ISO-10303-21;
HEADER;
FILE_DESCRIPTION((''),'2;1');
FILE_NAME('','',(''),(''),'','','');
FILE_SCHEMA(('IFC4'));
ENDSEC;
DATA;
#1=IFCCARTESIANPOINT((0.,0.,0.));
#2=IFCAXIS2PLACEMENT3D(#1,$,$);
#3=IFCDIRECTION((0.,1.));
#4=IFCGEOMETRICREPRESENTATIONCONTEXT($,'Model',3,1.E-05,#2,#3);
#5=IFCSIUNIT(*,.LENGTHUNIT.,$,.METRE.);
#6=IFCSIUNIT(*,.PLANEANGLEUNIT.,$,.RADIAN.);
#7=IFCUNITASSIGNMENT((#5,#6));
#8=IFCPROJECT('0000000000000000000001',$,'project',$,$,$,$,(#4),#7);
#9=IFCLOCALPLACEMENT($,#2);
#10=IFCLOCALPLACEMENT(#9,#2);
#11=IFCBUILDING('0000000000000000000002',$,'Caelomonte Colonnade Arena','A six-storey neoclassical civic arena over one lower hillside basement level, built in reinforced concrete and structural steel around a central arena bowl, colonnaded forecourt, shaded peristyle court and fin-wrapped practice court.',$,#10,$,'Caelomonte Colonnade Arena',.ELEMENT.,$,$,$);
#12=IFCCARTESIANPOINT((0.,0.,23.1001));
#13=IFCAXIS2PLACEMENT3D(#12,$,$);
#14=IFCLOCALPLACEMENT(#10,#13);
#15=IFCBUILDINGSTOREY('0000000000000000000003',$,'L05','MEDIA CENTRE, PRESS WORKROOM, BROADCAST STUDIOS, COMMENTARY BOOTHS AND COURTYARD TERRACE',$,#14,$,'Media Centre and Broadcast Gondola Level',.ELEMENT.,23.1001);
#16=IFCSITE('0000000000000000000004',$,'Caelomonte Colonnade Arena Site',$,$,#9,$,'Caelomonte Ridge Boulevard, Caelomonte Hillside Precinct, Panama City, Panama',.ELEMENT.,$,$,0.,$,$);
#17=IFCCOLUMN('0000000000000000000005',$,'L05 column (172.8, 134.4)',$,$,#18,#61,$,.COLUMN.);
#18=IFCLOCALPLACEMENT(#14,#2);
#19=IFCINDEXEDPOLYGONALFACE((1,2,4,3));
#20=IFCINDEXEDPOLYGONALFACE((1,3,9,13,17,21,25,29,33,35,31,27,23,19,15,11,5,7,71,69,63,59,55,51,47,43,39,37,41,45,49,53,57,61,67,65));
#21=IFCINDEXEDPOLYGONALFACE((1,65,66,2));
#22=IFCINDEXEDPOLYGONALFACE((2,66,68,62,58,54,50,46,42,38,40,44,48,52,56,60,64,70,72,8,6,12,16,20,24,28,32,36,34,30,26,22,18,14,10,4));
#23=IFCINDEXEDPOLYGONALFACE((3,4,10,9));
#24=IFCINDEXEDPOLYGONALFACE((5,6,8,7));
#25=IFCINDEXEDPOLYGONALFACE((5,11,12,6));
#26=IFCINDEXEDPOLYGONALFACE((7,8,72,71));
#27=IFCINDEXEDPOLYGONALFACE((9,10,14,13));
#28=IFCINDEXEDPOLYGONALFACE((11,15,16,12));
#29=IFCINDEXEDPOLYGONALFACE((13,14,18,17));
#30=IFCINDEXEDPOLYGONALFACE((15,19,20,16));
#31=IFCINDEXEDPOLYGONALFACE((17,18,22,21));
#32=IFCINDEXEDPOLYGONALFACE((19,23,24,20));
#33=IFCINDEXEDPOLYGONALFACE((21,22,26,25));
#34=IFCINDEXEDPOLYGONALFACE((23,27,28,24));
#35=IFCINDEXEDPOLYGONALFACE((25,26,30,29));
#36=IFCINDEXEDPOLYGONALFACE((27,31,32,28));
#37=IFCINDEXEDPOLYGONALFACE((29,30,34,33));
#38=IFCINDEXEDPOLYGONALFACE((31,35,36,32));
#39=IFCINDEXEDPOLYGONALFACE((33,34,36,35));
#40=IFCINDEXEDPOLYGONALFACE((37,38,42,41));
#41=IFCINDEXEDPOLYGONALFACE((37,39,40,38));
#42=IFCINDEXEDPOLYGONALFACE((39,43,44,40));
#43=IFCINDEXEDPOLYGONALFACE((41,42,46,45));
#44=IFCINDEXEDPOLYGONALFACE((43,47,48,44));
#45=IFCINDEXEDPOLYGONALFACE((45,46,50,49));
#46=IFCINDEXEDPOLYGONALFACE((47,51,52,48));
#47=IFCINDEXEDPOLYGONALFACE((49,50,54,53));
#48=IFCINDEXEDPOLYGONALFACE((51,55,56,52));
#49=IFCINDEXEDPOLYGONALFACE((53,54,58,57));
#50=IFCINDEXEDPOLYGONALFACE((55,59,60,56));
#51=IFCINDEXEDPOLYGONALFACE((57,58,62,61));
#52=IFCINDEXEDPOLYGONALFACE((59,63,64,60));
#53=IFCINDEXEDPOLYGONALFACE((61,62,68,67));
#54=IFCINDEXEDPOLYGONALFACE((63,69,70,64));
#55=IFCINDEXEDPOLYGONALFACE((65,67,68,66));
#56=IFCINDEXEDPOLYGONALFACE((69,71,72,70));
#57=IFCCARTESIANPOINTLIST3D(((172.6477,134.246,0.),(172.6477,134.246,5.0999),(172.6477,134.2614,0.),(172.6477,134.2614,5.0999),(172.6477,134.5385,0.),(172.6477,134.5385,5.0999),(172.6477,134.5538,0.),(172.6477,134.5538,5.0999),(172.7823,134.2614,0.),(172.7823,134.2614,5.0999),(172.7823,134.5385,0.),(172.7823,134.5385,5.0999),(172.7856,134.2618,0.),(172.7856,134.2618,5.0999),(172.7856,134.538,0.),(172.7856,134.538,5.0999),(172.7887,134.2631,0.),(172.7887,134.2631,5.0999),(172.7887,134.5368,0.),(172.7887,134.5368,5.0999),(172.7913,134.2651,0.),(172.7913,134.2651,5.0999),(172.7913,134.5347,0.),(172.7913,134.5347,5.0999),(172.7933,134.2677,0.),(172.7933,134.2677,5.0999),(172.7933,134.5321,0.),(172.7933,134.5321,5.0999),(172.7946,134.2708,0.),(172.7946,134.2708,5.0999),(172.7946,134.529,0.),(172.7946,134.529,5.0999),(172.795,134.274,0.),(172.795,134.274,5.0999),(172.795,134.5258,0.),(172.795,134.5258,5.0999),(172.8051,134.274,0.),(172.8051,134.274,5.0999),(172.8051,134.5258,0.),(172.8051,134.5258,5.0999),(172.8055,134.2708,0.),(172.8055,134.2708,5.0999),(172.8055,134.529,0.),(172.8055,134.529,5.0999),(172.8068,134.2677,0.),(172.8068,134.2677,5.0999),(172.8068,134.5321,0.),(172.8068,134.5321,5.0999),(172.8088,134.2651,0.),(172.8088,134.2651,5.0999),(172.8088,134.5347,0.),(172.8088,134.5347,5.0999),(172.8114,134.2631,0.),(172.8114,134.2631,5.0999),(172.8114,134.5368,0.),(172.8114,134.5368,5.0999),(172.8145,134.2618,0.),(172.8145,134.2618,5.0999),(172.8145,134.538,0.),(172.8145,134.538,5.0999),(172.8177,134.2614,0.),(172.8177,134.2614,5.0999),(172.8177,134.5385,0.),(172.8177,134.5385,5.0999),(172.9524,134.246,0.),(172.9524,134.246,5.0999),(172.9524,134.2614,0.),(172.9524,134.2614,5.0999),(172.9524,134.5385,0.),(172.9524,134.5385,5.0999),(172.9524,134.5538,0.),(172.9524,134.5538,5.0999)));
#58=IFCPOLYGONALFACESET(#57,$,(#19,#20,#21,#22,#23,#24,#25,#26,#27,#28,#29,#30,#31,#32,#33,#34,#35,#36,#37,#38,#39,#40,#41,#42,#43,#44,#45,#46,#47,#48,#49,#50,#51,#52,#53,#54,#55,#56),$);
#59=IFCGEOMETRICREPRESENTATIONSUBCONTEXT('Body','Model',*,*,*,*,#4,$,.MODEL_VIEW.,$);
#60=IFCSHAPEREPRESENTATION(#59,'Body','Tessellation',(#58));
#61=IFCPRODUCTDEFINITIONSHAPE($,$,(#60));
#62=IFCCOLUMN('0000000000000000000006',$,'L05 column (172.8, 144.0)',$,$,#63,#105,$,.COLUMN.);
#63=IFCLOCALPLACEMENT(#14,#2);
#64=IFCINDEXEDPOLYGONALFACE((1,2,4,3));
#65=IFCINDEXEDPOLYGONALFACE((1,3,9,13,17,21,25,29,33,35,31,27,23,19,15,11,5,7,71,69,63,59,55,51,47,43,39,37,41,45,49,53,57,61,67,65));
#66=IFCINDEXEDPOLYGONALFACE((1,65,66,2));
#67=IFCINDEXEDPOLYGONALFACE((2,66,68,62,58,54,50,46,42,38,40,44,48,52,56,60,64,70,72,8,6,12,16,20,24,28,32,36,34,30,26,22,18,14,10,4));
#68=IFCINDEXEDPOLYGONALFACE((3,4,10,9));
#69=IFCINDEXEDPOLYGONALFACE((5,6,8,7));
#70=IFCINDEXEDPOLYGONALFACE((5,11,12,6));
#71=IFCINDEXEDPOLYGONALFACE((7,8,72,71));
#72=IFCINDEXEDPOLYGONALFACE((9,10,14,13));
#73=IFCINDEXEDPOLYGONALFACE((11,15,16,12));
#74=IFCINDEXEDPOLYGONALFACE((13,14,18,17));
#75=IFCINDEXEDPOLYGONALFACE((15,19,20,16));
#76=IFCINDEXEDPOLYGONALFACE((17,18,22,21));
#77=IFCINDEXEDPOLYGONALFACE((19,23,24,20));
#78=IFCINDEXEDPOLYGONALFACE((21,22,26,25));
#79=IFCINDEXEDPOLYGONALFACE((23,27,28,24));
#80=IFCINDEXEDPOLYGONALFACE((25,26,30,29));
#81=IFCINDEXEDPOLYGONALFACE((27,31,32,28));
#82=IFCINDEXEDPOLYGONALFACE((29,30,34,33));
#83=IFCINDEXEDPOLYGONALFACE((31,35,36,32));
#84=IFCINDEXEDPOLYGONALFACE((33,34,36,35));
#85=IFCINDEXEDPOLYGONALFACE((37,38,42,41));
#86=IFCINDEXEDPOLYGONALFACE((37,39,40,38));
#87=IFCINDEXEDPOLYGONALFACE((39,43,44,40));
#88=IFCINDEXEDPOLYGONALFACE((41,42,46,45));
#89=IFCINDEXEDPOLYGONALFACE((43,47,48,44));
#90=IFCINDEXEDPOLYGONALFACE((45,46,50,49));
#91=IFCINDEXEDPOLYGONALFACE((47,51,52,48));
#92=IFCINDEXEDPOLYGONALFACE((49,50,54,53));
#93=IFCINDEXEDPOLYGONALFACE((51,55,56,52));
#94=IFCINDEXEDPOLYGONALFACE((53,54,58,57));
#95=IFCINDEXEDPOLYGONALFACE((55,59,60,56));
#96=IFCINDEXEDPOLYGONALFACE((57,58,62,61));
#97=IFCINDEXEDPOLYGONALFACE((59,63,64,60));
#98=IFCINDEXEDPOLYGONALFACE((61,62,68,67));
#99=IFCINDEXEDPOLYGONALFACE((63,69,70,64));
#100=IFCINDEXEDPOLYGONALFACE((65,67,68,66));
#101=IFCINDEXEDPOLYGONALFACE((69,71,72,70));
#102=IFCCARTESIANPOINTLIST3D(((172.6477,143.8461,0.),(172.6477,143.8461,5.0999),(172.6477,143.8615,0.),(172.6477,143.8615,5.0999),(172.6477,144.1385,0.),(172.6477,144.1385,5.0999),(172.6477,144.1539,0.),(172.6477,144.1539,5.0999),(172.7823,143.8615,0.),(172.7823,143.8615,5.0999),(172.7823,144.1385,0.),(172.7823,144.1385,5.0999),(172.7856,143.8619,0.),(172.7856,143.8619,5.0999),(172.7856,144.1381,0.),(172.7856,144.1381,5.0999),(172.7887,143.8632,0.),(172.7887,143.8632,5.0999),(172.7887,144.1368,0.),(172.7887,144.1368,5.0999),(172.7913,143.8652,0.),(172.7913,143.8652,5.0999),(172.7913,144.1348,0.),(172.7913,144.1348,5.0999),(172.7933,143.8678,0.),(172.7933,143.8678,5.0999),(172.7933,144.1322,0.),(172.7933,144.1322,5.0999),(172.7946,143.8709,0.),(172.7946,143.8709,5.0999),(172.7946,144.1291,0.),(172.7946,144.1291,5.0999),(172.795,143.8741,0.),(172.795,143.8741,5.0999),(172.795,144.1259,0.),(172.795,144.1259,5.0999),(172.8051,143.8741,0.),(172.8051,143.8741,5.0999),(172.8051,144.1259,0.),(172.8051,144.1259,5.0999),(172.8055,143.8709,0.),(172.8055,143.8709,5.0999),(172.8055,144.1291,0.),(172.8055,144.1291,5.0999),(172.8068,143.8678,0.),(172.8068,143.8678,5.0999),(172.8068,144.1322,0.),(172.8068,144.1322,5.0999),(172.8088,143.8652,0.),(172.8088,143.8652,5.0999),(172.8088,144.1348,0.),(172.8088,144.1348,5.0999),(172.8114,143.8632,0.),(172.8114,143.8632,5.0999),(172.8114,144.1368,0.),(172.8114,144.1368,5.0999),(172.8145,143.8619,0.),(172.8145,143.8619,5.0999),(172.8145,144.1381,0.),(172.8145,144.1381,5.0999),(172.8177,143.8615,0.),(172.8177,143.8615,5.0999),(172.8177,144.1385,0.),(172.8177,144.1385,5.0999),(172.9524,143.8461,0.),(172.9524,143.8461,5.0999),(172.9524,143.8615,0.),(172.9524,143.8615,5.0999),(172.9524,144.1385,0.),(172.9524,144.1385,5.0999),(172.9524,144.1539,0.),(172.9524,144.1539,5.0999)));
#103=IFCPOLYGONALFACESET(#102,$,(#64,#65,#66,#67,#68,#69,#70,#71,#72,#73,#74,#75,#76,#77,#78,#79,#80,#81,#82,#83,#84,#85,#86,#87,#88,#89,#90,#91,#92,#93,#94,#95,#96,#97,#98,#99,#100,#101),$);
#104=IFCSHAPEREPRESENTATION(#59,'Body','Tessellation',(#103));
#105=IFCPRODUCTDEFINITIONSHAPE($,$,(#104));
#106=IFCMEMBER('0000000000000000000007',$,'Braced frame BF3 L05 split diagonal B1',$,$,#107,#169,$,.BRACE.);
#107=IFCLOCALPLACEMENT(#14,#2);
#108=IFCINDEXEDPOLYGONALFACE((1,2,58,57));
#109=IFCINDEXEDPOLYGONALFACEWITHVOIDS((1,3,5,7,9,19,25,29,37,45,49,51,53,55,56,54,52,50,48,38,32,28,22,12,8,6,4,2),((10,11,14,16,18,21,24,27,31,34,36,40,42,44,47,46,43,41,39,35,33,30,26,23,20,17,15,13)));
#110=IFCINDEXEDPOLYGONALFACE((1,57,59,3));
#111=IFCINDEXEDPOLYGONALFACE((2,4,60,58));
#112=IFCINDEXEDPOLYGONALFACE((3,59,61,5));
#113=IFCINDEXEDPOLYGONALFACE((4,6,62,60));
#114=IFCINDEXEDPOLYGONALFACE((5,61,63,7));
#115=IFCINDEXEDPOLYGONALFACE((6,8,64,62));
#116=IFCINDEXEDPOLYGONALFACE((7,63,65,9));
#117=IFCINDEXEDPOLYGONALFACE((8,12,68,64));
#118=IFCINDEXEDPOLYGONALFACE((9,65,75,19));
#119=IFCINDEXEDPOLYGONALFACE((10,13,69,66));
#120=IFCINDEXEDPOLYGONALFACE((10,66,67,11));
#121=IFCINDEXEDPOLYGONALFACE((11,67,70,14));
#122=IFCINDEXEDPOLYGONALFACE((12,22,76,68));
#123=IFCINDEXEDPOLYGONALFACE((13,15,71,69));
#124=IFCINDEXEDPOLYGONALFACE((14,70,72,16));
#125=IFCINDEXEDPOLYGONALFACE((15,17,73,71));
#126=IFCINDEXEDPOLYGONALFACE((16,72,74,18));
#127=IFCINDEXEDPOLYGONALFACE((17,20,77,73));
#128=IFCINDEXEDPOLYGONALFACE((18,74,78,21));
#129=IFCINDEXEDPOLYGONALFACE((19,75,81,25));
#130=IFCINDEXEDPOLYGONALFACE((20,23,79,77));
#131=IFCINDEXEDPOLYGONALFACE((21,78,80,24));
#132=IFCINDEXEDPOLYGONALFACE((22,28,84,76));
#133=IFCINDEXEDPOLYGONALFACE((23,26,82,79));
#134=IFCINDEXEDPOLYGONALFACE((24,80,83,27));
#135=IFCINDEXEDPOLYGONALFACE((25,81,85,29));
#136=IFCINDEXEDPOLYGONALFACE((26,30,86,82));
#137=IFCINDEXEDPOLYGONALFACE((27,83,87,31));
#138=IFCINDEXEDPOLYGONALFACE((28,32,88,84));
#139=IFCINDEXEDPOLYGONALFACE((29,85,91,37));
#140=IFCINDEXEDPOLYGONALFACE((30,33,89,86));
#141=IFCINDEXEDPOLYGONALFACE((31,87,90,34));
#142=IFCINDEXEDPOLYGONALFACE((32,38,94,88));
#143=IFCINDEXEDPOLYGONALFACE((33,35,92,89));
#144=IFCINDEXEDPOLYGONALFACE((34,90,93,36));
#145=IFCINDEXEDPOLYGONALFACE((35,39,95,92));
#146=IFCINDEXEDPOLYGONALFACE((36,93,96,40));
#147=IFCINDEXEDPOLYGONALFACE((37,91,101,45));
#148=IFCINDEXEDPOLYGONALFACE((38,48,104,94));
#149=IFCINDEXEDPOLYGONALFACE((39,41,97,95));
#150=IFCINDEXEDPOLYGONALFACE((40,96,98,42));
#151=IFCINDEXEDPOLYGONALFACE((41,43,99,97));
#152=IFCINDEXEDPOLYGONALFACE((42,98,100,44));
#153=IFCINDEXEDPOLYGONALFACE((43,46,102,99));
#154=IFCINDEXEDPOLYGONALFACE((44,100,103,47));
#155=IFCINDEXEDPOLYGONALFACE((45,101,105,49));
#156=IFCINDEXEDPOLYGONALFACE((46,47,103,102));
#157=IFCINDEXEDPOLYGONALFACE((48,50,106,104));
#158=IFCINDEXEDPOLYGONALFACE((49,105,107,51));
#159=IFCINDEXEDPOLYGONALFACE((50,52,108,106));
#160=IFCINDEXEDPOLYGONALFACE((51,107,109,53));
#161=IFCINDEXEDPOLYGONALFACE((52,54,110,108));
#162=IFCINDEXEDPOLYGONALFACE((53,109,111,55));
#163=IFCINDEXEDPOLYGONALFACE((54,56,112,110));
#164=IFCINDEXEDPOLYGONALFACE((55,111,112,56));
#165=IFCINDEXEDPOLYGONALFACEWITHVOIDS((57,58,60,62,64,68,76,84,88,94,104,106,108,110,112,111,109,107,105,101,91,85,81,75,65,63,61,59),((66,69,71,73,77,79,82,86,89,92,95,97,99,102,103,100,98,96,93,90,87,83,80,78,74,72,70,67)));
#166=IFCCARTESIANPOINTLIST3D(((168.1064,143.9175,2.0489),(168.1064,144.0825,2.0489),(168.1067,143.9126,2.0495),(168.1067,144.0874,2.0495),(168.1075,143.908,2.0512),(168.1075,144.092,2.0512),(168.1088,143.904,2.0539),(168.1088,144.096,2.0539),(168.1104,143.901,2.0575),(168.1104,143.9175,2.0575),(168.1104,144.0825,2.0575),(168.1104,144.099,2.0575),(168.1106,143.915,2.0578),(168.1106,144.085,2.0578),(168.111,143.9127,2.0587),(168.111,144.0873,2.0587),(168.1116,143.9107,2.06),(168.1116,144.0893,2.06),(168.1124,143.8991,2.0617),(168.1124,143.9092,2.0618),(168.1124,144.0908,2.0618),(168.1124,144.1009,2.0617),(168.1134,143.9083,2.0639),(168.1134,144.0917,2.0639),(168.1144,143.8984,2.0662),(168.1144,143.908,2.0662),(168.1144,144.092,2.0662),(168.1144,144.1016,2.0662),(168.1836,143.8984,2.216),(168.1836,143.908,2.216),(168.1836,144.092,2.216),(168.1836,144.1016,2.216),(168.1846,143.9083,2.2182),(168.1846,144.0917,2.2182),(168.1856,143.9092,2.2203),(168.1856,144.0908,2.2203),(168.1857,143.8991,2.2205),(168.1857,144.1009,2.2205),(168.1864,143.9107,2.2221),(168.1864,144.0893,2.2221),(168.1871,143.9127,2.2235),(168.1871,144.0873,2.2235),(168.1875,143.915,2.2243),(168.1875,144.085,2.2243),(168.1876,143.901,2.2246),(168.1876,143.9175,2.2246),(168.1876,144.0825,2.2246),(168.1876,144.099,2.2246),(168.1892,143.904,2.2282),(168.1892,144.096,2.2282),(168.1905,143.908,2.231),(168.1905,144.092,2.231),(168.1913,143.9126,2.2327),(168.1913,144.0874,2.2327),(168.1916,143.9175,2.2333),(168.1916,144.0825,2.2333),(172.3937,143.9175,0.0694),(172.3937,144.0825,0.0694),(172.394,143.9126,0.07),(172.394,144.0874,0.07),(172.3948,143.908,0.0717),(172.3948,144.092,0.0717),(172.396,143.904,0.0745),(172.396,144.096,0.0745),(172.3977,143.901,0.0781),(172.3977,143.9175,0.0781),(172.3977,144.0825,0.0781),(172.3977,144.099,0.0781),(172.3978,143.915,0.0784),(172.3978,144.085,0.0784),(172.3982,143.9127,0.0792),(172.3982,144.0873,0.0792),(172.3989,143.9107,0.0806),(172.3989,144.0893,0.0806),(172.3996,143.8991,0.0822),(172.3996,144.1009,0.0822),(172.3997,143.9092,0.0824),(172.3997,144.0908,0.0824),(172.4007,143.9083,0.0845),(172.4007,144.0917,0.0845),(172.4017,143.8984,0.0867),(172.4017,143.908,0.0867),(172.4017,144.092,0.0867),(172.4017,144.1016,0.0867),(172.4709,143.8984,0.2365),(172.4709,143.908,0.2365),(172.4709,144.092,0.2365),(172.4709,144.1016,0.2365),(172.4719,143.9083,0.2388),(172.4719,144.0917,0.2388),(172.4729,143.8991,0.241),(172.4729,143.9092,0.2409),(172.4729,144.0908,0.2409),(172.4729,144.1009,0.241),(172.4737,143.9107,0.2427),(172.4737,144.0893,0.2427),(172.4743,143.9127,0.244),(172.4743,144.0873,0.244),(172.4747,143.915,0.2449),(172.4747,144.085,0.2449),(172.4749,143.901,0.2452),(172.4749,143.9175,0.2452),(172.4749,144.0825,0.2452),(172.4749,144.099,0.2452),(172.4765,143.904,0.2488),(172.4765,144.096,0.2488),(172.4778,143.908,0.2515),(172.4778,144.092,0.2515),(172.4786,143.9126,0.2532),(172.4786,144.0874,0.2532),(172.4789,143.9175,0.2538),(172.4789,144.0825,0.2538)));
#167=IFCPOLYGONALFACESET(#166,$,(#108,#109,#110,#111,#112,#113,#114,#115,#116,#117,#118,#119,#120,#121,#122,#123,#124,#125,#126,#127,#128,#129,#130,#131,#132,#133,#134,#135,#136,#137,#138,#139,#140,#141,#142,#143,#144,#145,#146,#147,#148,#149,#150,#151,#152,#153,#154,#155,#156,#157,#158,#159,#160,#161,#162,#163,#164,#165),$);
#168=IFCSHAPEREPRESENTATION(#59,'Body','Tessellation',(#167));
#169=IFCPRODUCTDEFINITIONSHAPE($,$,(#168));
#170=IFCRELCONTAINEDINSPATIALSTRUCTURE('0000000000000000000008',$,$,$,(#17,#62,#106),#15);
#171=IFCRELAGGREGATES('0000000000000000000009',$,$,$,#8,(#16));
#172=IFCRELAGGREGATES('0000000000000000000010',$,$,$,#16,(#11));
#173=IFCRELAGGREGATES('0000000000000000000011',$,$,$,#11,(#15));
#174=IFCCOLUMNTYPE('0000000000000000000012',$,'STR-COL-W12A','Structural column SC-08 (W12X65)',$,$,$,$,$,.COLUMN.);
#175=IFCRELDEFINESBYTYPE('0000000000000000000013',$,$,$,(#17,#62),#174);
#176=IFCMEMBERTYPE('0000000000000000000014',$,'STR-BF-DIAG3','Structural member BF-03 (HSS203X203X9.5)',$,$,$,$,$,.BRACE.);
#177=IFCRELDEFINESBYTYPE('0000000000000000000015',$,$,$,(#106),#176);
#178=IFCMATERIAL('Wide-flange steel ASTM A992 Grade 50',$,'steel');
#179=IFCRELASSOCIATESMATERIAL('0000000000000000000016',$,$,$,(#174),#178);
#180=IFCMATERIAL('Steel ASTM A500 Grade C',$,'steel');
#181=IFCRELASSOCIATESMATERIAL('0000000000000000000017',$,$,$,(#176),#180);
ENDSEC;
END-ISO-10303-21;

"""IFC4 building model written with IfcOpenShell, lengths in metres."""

from ifc_helpers import new_model, si_unit, direction, frame, origin, origin_2d, place, context, subcontext, project, spatial, hollow_rectangle, i_section, extrude, material, material_profile, profile_set, type_object, element, save


model = new_model("IFC4")

# Units and contexts
model_context = context("Model", 3, precision=1e-05, world=origin(), true_north=direction((0.0, 1.0)))
body_context = subcontext(model_context, "Body", "Model", "MODEL_VIEW")
ifc_project = project(units=[si_unit("LENGTHUNIT", "METRE"), si_unit("PLANEANGLEUNIT", "RADIAN")], contexts=[model_context])

# Site, building, storey
site_placement = place(None, origin())
site = spatial("IfcSite", under=ifc_project, at=site_placement, Name="Caelomonte Colonnade Arena Site", LongName="Caelomonte Ridge Boulevard, Caelomonte Hillside Precinct, Panama City, Panama", CompositionType="ELEMENT", RefElevation=0.0)
building_placement = place(site_placement, origin())
building = spatial("IfcBuilding", under=site, at=building_placement, Name="Caelomonte Colonnade Arena", Description="A six-storey neoclassical civic arena over one lower hillside basement level, built in reinforced concrete and structural steel around a central arena bowl, colonnaded forecourt, shaded peristyle court and fin-wrapped practice court.", LongName="Caelomonte Colonnade Arena", CompositionType="ELEMENT")
storey_placement = place(building_placement, frame((0.0, 0.0, 23.1001)))
storey = spatial("IfcBuildingStorey", under=building, at=storey_placement, Name="L05", Description="MEDIA CENTRE, PRESS WORKROOM, BROADCAST STUDIOS, COMMENTARY BOOTHS AND COURTYARD TERRACE", LongName="Media Centre and Broadcast Gondola Level", CompositionType="ELEMENT", Elevation=23.1001)

# Columns
ifc_material_1 = material(Name="Wide-flange steel ASTM A992 Grade 50", Category="steel")
ifc_material_profile_1 = material_profile(ifc_material_1, i_section(OverallWidth=0.3047, OverallDepth=0.3079, WebThickness=0.01, FlangeThickness=0.0154, FilletRadius=0.0127, at=origin_2d()), Name="W12X65")
ifc_profile_set_1 = profile_set([ifc_material_profile_1], Name="Wide-flange steel ASTM A992 Grade 50")
column_type = type_object("IfcColumnType", Name="STR-COL-W12A", Description="Structural column SC-08 (W12X65)", PredefinedType="COLUMN", material=ifc_profile_set_1)
for number, where, z_axis, x_axis, name in (
    (1, (172.8, 134.3999, 0.0), (0.0, 0.0, 1.0), (1.0, 0.0, 0.0), "L05 column (172.8, 134.4)"),
    (2, (172.8, 144.0, 0.0), (0.0, 0.0, 1.0), (1.0, 0.0, 0.0), "L05 column (172.8, 144.0)"),
):
    element("IfcColumn", number, at=place(storey_placement, frame(where, z_axis=z_axis, x_axis=x_axis)), inside=storey, type_object=column_type, Name=name, PredefinedType="COLUMN", context=body_context, shape_type="SweptSolid", body=[
        extrude(i_section(OverallWidth=0.3047, OverallDepth=0.3079, WebThickness=0.01, FlangeThickness=0.0154, FilletRadius=0.0127, at=origin_2d()), origin(), (0.0, 0.0, 1.0), 5.0999),
    ])

# Member
ifc_material_2 = material(Name="Steel ASTM A500 Grade C", Category="steel")
ifc_material_profile_2 = material_profile(ifc_material_2, hollow_rectangle(XDim=0.2031, YDim=0.2031, WallThickness=0.0095, InnerFilletRadius=0.0095, OuterFilletRadius=0.019, at=origin_2d()), Name="HSS203X203X9.5")
ifc_profile_set_2 = profile_set([ifc_material_profile_2], Name="Steel ASTM A500 Grade C")
member_type = type_object("IfcMemberType", Name="STR-BF-DIAG3", Description="Structural member BF-03 (HSS203X203X9.5)", PredefinedType="BRACE", material=ifc_profile_set_2)
member_placement = place(storey_placement, frame((172.4363, 144.0, 0.1616), z_axis=(-0.907902, 0.0, 0.419183), x_axis=(0.0, -1.0, 0.0)))
element("IfcMember", 3, at=member_placement, inside=storey, type_object=member_type, Name="Braced frame BF3 L05 split diagonal B1", PredefinedType="BRACE", context=body_context, shape_type="SweptSolid", body=[
    extrude(hollow_rectangle(XDim=0.2031, YDim=0.2031, WallThickness=0.0095, InnerFilletRadius=0.0095, OuterFilletRadius=0.019, at=origin_2d()), origin(), (0.0, 0.0, 1.0), 4.7222),
])

save(model, "model.ifc")
